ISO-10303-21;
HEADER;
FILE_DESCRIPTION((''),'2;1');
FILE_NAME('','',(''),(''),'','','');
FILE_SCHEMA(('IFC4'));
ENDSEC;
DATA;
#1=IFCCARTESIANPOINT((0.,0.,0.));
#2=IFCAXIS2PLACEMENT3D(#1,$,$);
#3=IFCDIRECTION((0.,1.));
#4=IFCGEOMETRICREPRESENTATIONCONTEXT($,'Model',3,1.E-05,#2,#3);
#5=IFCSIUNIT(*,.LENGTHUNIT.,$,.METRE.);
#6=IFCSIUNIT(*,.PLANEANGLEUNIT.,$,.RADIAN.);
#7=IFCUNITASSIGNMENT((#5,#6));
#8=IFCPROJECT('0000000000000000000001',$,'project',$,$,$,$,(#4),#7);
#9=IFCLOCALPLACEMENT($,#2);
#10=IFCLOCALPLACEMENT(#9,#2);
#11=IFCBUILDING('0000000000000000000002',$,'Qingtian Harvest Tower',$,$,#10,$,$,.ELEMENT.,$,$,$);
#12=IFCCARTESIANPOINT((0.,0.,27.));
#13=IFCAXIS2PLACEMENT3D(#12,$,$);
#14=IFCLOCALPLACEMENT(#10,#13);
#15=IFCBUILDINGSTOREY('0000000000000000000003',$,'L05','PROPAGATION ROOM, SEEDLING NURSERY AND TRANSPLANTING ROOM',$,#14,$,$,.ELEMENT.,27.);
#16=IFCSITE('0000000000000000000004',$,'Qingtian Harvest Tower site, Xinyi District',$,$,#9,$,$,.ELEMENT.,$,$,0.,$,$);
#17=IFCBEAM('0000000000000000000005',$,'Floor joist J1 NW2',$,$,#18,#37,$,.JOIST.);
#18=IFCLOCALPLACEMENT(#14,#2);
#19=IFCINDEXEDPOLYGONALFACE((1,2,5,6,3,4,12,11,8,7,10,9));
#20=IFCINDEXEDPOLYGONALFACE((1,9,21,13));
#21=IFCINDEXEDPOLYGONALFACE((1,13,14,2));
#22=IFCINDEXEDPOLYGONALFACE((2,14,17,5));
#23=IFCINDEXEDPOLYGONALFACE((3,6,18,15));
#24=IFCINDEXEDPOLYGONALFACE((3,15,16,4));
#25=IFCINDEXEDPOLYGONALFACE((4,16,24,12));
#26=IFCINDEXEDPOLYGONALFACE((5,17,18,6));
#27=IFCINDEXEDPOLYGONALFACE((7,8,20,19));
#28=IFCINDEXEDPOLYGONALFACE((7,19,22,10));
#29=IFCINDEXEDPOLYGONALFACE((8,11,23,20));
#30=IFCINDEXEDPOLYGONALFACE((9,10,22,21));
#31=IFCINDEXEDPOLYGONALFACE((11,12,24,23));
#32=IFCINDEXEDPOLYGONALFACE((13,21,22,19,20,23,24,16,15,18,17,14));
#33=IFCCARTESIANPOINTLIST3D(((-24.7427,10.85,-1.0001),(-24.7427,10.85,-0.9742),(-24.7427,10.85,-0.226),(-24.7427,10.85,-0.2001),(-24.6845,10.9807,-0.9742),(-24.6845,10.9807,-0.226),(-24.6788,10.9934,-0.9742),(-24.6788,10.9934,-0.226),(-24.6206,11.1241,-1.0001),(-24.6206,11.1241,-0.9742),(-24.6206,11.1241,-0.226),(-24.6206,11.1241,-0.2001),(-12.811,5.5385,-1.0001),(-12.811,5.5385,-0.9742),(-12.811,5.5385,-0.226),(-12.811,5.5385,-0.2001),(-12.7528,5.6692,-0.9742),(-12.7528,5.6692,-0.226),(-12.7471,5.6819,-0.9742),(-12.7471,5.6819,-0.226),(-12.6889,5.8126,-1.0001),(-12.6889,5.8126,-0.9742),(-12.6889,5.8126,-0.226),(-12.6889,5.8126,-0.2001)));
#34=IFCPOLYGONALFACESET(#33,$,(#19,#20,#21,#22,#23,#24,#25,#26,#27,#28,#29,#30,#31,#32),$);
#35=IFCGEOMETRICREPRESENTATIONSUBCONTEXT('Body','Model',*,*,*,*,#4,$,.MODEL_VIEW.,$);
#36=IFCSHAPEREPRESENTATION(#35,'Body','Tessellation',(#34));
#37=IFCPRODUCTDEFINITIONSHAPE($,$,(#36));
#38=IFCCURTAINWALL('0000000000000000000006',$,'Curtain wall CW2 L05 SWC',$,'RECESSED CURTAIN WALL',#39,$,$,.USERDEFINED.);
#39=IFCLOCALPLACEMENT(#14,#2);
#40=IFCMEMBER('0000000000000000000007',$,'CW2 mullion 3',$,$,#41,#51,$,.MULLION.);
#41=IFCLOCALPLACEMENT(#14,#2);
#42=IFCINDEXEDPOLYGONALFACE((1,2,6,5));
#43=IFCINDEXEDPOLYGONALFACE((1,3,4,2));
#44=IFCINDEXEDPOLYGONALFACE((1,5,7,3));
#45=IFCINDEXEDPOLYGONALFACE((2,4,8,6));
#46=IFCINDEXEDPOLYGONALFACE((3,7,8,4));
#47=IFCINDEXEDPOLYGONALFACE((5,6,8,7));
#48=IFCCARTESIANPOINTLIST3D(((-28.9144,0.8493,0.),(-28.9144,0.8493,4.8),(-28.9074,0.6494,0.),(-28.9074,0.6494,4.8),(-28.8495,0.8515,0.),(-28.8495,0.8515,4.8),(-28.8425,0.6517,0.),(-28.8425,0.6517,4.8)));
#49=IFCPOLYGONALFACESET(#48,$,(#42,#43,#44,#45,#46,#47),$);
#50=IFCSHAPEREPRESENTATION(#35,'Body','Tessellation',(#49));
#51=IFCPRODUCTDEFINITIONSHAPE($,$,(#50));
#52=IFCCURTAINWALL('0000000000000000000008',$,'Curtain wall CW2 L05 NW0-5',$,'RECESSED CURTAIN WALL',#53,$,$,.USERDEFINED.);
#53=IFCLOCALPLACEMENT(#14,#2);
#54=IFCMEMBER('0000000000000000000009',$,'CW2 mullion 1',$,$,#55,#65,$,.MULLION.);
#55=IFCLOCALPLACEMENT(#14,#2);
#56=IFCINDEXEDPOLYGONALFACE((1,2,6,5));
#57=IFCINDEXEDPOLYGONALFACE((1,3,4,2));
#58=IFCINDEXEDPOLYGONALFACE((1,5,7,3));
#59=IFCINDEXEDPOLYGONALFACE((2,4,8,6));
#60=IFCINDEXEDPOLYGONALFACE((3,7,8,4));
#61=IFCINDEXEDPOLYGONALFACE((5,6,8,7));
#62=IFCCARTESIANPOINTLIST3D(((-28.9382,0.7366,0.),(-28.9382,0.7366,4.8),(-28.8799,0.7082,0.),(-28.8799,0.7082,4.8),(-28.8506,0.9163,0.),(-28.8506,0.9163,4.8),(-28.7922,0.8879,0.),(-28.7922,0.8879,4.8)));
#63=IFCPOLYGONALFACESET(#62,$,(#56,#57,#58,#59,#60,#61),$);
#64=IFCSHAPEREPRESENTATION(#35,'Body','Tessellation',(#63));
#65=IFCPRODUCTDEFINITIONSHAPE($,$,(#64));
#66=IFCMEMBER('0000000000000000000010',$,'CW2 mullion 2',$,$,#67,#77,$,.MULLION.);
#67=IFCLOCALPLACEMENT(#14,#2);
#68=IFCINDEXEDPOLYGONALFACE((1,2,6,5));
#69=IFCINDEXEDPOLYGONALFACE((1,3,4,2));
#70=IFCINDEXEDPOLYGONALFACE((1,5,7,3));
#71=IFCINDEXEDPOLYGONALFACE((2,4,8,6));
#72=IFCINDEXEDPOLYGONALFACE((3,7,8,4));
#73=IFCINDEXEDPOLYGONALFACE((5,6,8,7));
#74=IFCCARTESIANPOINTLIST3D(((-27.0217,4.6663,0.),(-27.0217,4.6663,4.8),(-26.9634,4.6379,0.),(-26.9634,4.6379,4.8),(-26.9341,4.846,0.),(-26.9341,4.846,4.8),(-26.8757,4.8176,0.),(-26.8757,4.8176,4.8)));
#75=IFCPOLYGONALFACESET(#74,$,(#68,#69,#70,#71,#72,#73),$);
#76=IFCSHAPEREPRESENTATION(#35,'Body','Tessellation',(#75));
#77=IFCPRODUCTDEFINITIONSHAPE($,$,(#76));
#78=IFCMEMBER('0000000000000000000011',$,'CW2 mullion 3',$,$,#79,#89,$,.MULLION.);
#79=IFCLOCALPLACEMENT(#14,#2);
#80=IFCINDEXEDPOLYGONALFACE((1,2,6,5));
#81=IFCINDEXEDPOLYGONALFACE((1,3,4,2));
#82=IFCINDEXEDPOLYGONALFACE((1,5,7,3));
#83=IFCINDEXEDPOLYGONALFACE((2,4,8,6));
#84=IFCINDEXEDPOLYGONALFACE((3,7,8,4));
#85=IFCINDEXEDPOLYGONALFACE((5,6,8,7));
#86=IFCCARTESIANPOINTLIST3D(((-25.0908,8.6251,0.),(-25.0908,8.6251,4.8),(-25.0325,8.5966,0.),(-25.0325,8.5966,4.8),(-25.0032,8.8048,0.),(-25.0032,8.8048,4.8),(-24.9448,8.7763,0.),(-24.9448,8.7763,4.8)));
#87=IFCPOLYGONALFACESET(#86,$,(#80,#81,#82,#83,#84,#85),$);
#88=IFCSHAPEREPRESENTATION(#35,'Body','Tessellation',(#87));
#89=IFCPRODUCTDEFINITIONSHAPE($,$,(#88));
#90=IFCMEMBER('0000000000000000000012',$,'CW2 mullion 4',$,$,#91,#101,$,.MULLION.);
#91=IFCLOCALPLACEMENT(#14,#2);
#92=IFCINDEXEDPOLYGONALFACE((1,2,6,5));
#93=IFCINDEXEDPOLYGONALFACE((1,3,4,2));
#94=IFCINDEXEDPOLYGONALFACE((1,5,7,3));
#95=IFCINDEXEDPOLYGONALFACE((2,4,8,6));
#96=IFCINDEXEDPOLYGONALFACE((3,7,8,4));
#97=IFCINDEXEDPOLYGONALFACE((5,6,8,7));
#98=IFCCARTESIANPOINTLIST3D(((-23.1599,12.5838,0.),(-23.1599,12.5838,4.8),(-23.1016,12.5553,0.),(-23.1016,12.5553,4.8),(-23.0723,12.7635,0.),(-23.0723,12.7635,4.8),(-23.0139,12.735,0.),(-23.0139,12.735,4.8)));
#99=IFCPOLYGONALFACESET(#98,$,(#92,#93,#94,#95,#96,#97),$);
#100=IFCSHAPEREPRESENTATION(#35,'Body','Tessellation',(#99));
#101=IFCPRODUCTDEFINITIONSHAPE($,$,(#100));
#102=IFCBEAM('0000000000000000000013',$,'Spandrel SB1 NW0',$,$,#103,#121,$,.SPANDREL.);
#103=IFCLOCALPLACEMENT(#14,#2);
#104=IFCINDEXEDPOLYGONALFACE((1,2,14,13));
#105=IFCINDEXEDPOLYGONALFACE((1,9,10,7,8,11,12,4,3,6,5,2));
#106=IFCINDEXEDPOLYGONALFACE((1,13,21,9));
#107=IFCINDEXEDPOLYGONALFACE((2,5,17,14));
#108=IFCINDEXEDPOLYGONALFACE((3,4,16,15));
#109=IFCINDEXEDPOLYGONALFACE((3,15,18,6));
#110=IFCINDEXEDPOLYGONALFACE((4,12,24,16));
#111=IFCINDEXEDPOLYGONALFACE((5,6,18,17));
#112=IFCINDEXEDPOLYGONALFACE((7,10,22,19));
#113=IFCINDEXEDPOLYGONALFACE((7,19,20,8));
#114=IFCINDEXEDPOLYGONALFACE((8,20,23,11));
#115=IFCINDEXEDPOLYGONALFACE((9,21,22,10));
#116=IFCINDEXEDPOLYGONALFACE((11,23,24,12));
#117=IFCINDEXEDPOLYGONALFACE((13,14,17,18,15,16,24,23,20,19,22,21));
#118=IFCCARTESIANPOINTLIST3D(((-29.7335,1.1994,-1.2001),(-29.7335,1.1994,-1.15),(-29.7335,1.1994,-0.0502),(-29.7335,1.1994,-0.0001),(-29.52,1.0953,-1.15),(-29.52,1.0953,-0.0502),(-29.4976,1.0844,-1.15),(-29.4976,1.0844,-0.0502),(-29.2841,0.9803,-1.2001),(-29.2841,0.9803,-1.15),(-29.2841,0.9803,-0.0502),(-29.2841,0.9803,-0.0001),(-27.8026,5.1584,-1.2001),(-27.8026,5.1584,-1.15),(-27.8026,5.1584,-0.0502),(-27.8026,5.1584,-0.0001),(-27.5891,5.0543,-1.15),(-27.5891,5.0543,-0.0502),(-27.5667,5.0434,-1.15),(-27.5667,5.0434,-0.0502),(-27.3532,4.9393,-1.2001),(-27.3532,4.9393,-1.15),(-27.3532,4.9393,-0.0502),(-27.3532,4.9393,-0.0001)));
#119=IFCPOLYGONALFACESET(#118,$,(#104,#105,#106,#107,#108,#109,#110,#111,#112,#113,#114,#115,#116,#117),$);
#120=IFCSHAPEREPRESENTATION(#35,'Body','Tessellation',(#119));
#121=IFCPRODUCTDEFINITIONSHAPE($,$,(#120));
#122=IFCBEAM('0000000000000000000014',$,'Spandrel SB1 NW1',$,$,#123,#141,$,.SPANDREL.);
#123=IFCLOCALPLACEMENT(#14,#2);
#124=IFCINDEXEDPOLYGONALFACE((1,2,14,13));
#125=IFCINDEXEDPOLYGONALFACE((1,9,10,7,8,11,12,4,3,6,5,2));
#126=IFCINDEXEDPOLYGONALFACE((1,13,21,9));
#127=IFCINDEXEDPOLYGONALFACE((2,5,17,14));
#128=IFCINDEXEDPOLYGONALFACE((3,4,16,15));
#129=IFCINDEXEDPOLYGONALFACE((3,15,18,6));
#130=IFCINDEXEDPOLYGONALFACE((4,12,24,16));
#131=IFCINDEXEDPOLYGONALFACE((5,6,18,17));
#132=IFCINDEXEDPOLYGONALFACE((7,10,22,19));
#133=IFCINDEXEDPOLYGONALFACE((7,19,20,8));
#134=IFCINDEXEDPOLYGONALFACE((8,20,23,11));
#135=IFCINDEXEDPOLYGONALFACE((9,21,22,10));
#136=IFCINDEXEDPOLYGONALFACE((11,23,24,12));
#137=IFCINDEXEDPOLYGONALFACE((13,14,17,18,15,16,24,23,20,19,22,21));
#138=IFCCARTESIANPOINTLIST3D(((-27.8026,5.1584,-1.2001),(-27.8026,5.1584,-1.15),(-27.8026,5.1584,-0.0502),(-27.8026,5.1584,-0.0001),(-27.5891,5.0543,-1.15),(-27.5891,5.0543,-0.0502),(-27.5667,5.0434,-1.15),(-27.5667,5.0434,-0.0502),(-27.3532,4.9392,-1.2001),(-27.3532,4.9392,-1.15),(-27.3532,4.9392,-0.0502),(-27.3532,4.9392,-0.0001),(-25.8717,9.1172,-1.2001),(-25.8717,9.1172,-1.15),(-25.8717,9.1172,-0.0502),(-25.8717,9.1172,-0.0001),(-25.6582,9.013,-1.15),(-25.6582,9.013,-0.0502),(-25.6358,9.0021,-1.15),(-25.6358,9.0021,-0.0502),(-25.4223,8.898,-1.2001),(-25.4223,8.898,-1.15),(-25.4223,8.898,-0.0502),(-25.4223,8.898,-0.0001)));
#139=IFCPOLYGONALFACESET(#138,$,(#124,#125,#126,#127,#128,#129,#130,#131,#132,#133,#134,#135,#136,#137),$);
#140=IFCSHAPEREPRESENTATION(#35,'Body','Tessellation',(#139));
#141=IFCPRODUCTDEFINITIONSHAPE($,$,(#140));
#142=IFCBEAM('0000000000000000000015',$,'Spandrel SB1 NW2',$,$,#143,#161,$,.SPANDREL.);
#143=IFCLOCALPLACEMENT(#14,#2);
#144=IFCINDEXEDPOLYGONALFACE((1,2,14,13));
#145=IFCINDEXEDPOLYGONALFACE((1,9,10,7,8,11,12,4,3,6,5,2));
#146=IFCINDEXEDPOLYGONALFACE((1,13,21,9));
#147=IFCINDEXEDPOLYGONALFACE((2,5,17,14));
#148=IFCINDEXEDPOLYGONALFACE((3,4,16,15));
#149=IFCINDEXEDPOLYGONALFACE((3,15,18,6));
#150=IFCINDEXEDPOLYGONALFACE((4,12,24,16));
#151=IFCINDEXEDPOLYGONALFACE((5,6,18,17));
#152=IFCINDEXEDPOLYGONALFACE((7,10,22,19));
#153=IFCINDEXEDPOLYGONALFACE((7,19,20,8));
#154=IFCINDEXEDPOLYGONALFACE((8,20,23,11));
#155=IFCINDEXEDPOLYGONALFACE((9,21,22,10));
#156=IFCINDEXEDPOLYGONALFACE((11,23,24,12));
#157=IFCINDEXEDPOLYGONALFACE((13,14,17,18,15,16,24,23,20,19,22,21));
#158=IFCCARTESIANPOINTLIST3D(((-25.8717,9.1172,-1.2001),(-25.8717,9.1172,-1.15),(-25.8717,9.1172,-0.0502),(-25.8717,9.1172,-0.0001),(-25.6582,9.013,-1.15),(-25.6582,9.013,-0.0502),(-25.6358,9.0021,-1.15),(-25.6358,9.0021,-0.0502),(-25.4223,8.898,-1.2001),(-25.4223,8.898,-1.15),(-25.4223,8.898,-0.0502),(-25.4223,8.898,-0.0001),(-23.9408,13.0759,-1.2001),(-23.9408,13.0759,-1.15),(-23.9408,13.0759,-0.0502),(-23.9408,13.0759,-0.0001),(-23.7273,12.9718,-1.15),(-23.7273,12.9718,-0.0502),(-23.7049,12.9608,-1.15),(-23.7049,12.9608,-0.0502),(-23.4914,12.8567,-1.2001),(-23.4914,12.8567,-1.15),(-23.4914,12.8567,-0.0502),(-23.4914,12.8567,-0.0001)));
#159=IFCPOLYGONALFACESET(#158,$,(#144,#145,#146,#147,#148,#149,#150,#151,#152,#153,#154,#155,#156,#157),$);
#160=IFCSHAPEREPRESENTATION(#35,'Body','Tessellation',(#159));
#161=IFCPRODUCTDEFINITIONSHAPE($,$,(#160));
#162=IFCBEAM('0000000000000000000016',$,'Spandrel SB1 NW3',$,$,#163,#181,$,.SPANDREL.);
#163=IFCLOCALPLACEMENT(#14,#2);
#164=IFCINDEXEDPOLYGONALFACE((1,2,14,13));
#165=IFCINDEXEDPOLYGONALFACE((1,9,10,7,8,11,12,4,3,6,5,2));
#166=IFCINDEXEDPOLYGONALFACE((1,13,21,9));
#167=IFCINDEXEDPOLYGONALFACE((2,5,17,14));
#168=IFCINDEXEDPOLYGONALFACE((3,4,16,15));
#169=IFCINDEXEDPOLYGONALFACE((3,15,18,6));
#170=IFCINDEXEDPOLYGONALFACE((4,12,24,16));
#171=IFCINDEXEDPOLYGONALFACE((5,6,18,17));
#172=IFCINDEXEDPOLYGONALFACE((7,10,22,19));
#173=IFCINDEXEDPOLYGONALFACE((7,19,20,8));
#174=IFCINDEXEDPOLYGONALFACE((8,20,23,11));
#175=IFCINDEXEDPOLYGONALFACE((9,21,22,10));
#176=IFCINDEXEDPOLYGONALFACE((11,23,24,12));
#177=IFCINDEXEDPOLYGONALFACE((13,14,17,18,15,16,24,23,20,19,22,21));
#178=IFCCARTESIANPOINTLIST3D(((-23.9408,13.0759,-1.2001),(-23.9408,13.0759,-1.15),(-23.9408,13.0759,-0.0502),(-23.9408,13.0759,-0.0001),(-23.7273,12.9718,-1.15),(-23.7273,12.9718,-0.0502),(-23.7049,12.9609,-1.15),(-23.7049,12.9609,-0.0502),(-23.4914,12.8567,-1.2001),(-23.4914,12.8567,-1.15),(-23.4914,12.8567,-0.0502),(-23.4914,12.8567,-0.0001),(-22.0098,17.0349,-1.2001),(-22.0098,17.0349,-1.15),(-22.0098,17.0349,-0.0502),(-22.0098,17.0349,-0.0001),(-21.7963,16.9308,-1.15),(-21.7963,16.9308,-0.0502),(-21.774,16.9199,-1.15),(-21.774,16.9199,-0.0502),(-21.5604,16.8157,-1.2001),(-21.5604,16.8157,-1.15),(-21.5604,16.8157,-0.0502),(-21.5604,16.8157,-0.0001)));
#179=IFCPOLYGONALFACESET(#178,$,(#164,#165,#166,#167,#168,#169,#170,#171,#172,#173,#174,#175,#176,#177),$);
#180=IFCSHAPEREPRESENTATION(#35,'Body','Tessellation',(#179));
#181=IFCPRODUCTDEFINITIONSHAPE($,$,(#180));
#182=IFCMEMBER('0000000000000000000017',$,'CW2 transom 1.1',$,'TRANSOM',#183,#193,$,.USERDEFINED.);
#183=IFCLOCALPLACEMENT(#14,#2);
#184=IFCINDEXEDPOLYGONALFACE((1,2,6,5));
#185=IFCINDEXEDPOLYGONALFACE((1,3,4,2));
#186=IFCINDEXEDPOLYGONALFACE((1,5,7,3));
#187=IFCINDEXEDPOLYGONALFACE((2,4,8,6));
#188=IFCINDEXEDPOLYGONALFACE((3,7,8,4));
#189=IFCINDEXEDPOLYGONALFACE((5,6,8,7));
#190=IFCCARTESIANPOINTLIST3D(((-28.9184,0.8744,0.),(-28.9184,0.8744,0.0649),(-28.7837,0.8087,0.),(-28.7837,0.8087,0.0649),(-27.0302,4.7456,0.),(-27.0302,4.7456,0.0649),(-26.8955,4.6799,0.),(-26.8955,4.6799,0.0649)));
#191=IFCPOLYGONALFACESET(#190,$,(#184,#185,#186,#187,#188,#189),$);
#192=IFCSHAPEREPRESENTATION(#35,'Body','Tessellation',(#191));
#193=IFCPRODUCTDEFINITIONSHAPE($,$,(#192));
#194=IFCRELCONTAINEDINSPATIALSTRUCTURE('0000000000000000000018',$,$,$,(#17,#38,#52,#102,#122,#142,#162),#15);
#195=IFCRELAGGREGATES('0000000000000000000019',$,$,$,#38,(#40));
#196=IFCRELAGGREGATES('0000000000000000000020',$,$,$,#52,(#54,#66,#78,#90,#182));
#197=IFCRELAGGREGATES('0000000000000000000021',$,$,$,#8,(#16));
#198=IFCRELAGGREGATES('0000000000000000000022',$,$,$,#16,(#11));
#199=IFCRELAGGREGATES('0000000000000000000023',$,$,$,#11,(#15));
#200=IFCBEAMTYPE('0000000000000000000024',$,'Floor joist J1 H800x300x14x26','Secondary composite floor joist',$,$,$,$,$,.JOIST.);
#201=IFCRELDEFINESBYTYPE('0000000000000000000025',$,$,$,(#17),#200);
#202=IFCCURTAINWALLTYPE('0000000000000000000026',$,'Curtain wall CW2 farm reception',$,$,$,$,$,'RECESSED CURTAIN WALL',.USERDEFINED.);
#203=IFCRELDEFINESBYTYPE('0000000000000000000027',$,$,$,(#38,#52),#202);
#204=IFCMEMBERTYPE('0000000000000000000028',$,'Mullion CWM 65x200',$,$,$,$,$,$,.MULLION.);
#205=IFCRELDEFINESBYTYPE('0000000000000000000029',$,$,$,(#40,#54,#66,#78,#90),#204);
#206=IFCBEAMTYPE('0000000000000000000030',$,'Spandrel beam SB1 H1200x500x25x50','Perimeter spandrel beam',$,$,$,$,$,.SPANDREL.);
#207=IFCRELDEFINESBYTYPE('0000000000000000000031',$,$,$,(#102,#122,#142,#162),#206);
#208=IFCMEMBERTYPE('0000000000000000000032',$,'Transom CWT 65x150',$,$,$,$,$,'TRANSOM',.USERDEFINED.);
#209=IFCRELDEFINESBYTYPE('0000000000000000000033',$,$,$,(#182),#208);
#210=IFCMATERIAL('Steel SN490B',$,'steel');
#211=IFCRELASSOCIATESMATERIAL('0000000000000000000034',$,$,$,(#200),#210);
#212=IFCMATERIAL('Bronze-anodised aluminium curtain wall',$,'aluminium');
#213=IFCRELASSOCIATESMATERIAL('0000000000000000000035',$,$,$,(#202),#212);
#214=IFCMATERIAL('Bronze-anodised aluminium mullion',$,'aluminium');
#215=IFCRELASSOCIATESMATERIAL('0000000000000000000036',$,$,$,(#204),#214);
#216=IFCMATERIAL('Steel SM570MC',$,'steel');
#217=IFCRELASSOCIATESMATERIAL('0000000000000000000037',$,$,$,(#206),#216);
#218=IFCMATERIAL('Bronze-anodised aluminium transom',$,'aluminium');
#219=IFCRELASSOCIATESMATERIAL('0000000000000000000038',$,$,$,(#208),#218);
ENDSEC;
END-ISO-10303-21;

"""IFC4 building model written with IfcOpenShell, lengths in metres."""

from ifc_helpers import new_model, si_unit, direction, frame, origin, origin_2d, place, context, subcontext, project, spatial, rectangle, i_section, extrude, material, material_profile, profile_set, type_object, element, aggregate, save


model = new_model("IFC4")

# Units and contexts
model_context = context("Model", 3, precision=1e-05, world=origin(), true_north=direction((0.0, 1.0)))
body_context = subcontext(model_context, "Body", "Model", "MODEL_VIEW")
ifc_project = project(units=[si_unit("LENGTHUNIT", "METRE"), si_unit("PLANEANGLEUNIT", "RADIAN")], contexts=[model_context])

# Site, building, storey
site_placement = place(None, origin())
site = spatial("IfcSite", under=ifc_project, at=site_placement, Name="Qingtian Harvest Tower site, Xinyi District", CompositionType="ELEMENT", RefElevation=0.0)
building_placement = place(site_placement, origin())
building = spatial("IfcBuilding", under=site, at=building_placement, Name="Qingtian Harvest Tower", CompositionType="ELEMENT")
storey_placement = place(building_placement, frame((0.0, 0.0, 27.0)))
storey = spatial("IfcBuildingStorey", under=building, at=storey_placement, Name="L05", Description="PROPAGATION ROOM, SEEDLING NURSERY AND TRANSPLANTING ROOM", CompositionType="ELEMENT", Elevation=27.0)

# Beam
ifc_material_1 = material(Name="Steel SN490B", Category="steel")
ifc_material_profile_1 = material_profile(ifc_material_1, i_section(OverallWidth=0.3, OverallDepth=0.8, WebThickness=0.0139, FlangeThickness=0.0259, at=origin_2d()), Name="H800x300x14x26")
ifc_profile_set_1 = profile_set([ifc_material_profile_1], Name="Steel SN490B")
beam_type_1 = type_object("IfcBeamType", Name="Floor joist J1 H800x300x14x26", Description="Secondary composite floor joist", PredefinedType="JOIST", material=ifc_profile_set_1)
beam_1_placement = place(storey_placement, frame((-24.6816, 10.9871, -0.6001), z_axis=(0.913568, -0.406686, 0.0), x_axis=(0.406686, 0.913568, 0.0)))
element("IfcBeam", 1, at=beam_1_placement, inside=storey, type_object=beam_type_1, Name="Floor joist J1 NW2", PredefinedType="JOIST", context=body_context, shape_type="SweptSolid", body=[
    extrude(i_section(OverallWidth=0.3, OverallDepth=0.8, WebThickness=0.0139, FlangeThickness=0.0259, at=origin_2d()), origin(), (0.0, 0.0, 1.0), 13.0605),
])

# Curtain wall, member
ifc_material_2 = material(Name="Bronze-anodised aluminium curtain wall", Category="aluminium")
curtain_wall_type = type_object("IfcCurtainWallType", Name="Curtain wall CW2 farm reception", ElementType="RECESSED CURTAIN WALL", PredefinedType="USERDEFINED", material=ifc_material_2)
curtain_wall_1_placement = place(storey_placement, origin())
curtain_wall_1 = element("IfcCurtainWall", 2, at=curtain_wall_1_placement, inside=storey, type_object=curtain_wall_type, Name="Curtain wall CW2 L05 SWC", ObjectType="RECESSED CURTAIN WALL", PredefinedType="USERDEFINED")
ifc_material_3 = material(Name="Bronze-anodised aluminium mullion", Category="aluminium")
ifc_material_profile_2 = material_profile(ifc_material_3, rectangle(XDim=0.0649, YDim=0.2, at=origin_2d()), Name="AL 65x200")
ifc_profile_set_2 = profile_set([ifc_material_profile_2], Name="Bronze-anodised aluminium mullion")
member_type_1 = type_object("IfcMemberType", Name="Mullion CWM 65x200", PredefinedType="MULLION", material=ifc_profile_set_2)
member_1_placement = place(storey_placement, frame((-28.8784, 0.7505, 0.0), z_axis=(0.0, 0.0, 1.0), x_axis=(-0.999391, -0.034899, 0.0)))
member_1 = element("IfcMember", 3, at=member_1_placement, type_object=member_type_1, Name="CW2 mullion 3", PredefinedType="MULLION", context=body_context, shape_type="SweptSolid", body=[
    extrude(rectangle(XDim=0.0649, YDim=0.2, at=origin_2d()), origin(), (0.0, 0.0, 1.0), 4.8),
])
aggregate(curtain_wall_1, [member_1])

# Curtain wall, members
curtain_wall_2_placement = place(storey_placement, origin())
curtain_wall_2 = element("IfcCurtainWall", 4, at=curtain_wall_2_placement, inside=storey, type_object=curtain_wall_type, Name="Curtain wall CW2 L05 NW0-5", ObjectType="RECESSED CURTAIN WALL", PredefinedType="USERDEFINED")
member_2_placement = place(storey_placement, frame((-28.8652, 0.8123, 0.0), z_axis=(0.0, 0.0, 1.0), x_axis=(-0.898794, 0.438371, 0.0)))
member_2 = element("IfcMember", 5, at=member_2_placement, type_object=member_type_1, Name="CW2 mullion 1", PredefinedType="MULLION", context=body_context, shape_type="SweptSolid", body=[
    extrude(rectangle(XDim=0.0649, YDim=0.2, at=origin_2d()), origin(), (0.0, 0.0, 1.0), 4.8),
])
member_3_placement = place(storey_placement, frame((-26.9487, 4.7419, 0.0), z_axis=(0.0, 0.0, 1.0), x_axis=(-0.898794, 0.438371, 0.0)))
member_3 = element("IfcMember", 6, at=member_3_placement, type_object=member_type_1, Name="CW2 mullion 2", PredefinedType="MULLION", context=body_context, shape_type="SweptSolid", body=[
    extrude(rectangle(XDim=0.0649, YDim=0.2, at=origin_2d()), origin(), (0.0, 0.0, 1.0), 4.8),
])
member_4_placement = place(storey_placement, frame((-25.0178, 8.7007, 0.0), z_axis=(0.0, 0.0, 1.0), x_axis=(-0.898794, 0.438371, 0.0)))
member_4 = element("IfcMember", 7, at=member_4_placement, type_object=member_type_1, Name="CW2 mullion 3", PredefinedType="MULLION", context=body_context, shape_type="SweptSolid", body=[
    extrude(rectangle(XDim=0.0649, YDim=0.2, at=origin_2d()), origin(), (0.0, 0.0, 1.0), 4.8),
])
member_5_placement = place(storey_placement, frame((-23.0869, 12.6594, 0.0), z_axis=(0.0, 0.0, 1.0), x_axis=(-0.898794, 0.438371, 0.0)))
member_5 = element("IfcMember", 8, at=member_5_placement, type_object=member_type_1, Name="CW2 mullion 4", PredefinedType="MULLION", context=body_context, shape_type="SweptSolid", body=[
    extrude(rectangle(XDim=0.0649, YDim=0.2, at=origin_2d()), origin(), (0.0, 0.0, 1.0), 4.8),
])

# Beams
ifc_material_4 = material(Name="Steel SM570MC", Category="steel")
ifc_material_profile_3 = material_profile(ifc_material_4, i_section(OverallWidth=0.5, OverallDepth=1.2, WebThickness=0.0249, FlangeThickness=0.05, at=origin_2d()), Name="H1200x500x25x50")
ifc_profile_set_3 = profile_set([ifc_material_profile_3], Name="Steel SM570MC")
beam_type_2 = type_object("IfcBeamType", Name="Spandrel beam SB1 H1200x500x25x50", Description="Perimeter spandrel beam", PredefinedType="SPANDREL", material=ifc_profile_set_3)
beam_2_placement = place(storey_placement, frame((-29.5088, 1.0898, -0.6001), z_axis=(0.438368, 0.898796, 0.0), x_axis=(-0.898796, 0.438368, 0.0)))
element("IfcBeam", 9, at=beam_2_placement, inside=storey, type_object=beam_type_2, Name="Spandrel SB1 NW0", PredefinedType="SPANDREL", context=body_context, shape_type="SweptSolid", body=[
    extrude(i_section(OverallWidth=0.5, OverallDepth=1.2, WebThickness=0.0249, FlangeThickness=0.05, at=origin_2d()), origin(), (0.0, 0.0, 1.0), 4.4048),
])
for number, where, z_axis, x_axis, name in (
    (10, (-27.5779, 5.0488, -0.6001), (0.43839, 0.898785, 0.0), (-0.898785, 0.43839, 0.0), "Spandrel SB1 NW1"),
    (11, (-25.647, 9.0076, -0.6001), (0.43839, 0.898785, 0.0), (-0.898785, 0.43839, 0.0), "Spandrel SB1 NW2"),
):
    element("IfcBeam", number, at=place(storey_placement, frame(where, z_axis=z_axis, x_axis=x_axis)), inside=storey, type_object=beam_type_2, Name=name, PredefinedType="SPANDREL", context=body_context, shape_type="SweptSolid", body=[
        extrude(i_section(OverallWidth=0.5, OverallDepth=1.2, WebThickness=0.0249, FlangeThickness=0.05, at=origin_2d()), origin(), (0.0, 0.0, 1.0), 4.4045),
    ])
beam_3_placement = place(storey_placement, frame((-23.7161, 12.9663, -0.6001), z_axis=(0.438368, 0.898796, 0.0), x_axis=(-0.898796, 0.438368, 0.0)))
element("IfcBeam", 12, at=beam_3_placement, inside=storey, type_object=beam_type_2, Name="Spandrel SB1 NW3", PredefinedType="SPANDREL", context=body_context, shape_type="SweptSolid", body=[
    extrude(i_section(OverallWidth=0.5, OverallDepth=1.2, WebThickness=0.0249, FlangeThickness=0.05, at=origin_2d()), origin(), (0.0, 0.0, 1.0), 4.4048),
])

# Member
ifc_material_5 = material(Name="Bronze-anodised aluminium transom", Category="aluminium")
ifc_material_profile_4 = material_profile(ifc_material_5, rectangle(XDim=0.1499, YDim=0.0649, at=origin_2d()), Name="AL 65x150")
ifc_profile_set_4 = profile_set([ifc_material_profile_4], Name="Bronze-anodised aluminium transom")
member_type_2 = type_object("IfcMemberType", Name="Transom CWT 65x150", ElementType="TRANSOM", PredefinedType="USERDEFINED", material=ifc_profile_set_4)
member_6_placement = place(storey_placement, frame((-28.8511, 0.8416, 0.0325), z_axis=(0.438395, 0.898783, 0.0), x_axis=(-0.898783, 0.438395, 0.0)))
member_6 = element("IfcMember", 13, at=member_6_placement, type_object=member_type_2, Name="CW2 transom 1.1", ObjectType="TRANSOM", PredefinedType="USERDEFINED", context=body_context, shape_type="SweptSolid", body=[
    extrude(rectangle(XDim=0.1499, YDim=0.0649, at=origin_2d()), origin(), (0.0, 0.0, 1.0), 4.3071),
])

aggregate(curtain_wall_2, [member_2, member_3, member_4, member_5, member_6])

save(model, "model.ifc")
